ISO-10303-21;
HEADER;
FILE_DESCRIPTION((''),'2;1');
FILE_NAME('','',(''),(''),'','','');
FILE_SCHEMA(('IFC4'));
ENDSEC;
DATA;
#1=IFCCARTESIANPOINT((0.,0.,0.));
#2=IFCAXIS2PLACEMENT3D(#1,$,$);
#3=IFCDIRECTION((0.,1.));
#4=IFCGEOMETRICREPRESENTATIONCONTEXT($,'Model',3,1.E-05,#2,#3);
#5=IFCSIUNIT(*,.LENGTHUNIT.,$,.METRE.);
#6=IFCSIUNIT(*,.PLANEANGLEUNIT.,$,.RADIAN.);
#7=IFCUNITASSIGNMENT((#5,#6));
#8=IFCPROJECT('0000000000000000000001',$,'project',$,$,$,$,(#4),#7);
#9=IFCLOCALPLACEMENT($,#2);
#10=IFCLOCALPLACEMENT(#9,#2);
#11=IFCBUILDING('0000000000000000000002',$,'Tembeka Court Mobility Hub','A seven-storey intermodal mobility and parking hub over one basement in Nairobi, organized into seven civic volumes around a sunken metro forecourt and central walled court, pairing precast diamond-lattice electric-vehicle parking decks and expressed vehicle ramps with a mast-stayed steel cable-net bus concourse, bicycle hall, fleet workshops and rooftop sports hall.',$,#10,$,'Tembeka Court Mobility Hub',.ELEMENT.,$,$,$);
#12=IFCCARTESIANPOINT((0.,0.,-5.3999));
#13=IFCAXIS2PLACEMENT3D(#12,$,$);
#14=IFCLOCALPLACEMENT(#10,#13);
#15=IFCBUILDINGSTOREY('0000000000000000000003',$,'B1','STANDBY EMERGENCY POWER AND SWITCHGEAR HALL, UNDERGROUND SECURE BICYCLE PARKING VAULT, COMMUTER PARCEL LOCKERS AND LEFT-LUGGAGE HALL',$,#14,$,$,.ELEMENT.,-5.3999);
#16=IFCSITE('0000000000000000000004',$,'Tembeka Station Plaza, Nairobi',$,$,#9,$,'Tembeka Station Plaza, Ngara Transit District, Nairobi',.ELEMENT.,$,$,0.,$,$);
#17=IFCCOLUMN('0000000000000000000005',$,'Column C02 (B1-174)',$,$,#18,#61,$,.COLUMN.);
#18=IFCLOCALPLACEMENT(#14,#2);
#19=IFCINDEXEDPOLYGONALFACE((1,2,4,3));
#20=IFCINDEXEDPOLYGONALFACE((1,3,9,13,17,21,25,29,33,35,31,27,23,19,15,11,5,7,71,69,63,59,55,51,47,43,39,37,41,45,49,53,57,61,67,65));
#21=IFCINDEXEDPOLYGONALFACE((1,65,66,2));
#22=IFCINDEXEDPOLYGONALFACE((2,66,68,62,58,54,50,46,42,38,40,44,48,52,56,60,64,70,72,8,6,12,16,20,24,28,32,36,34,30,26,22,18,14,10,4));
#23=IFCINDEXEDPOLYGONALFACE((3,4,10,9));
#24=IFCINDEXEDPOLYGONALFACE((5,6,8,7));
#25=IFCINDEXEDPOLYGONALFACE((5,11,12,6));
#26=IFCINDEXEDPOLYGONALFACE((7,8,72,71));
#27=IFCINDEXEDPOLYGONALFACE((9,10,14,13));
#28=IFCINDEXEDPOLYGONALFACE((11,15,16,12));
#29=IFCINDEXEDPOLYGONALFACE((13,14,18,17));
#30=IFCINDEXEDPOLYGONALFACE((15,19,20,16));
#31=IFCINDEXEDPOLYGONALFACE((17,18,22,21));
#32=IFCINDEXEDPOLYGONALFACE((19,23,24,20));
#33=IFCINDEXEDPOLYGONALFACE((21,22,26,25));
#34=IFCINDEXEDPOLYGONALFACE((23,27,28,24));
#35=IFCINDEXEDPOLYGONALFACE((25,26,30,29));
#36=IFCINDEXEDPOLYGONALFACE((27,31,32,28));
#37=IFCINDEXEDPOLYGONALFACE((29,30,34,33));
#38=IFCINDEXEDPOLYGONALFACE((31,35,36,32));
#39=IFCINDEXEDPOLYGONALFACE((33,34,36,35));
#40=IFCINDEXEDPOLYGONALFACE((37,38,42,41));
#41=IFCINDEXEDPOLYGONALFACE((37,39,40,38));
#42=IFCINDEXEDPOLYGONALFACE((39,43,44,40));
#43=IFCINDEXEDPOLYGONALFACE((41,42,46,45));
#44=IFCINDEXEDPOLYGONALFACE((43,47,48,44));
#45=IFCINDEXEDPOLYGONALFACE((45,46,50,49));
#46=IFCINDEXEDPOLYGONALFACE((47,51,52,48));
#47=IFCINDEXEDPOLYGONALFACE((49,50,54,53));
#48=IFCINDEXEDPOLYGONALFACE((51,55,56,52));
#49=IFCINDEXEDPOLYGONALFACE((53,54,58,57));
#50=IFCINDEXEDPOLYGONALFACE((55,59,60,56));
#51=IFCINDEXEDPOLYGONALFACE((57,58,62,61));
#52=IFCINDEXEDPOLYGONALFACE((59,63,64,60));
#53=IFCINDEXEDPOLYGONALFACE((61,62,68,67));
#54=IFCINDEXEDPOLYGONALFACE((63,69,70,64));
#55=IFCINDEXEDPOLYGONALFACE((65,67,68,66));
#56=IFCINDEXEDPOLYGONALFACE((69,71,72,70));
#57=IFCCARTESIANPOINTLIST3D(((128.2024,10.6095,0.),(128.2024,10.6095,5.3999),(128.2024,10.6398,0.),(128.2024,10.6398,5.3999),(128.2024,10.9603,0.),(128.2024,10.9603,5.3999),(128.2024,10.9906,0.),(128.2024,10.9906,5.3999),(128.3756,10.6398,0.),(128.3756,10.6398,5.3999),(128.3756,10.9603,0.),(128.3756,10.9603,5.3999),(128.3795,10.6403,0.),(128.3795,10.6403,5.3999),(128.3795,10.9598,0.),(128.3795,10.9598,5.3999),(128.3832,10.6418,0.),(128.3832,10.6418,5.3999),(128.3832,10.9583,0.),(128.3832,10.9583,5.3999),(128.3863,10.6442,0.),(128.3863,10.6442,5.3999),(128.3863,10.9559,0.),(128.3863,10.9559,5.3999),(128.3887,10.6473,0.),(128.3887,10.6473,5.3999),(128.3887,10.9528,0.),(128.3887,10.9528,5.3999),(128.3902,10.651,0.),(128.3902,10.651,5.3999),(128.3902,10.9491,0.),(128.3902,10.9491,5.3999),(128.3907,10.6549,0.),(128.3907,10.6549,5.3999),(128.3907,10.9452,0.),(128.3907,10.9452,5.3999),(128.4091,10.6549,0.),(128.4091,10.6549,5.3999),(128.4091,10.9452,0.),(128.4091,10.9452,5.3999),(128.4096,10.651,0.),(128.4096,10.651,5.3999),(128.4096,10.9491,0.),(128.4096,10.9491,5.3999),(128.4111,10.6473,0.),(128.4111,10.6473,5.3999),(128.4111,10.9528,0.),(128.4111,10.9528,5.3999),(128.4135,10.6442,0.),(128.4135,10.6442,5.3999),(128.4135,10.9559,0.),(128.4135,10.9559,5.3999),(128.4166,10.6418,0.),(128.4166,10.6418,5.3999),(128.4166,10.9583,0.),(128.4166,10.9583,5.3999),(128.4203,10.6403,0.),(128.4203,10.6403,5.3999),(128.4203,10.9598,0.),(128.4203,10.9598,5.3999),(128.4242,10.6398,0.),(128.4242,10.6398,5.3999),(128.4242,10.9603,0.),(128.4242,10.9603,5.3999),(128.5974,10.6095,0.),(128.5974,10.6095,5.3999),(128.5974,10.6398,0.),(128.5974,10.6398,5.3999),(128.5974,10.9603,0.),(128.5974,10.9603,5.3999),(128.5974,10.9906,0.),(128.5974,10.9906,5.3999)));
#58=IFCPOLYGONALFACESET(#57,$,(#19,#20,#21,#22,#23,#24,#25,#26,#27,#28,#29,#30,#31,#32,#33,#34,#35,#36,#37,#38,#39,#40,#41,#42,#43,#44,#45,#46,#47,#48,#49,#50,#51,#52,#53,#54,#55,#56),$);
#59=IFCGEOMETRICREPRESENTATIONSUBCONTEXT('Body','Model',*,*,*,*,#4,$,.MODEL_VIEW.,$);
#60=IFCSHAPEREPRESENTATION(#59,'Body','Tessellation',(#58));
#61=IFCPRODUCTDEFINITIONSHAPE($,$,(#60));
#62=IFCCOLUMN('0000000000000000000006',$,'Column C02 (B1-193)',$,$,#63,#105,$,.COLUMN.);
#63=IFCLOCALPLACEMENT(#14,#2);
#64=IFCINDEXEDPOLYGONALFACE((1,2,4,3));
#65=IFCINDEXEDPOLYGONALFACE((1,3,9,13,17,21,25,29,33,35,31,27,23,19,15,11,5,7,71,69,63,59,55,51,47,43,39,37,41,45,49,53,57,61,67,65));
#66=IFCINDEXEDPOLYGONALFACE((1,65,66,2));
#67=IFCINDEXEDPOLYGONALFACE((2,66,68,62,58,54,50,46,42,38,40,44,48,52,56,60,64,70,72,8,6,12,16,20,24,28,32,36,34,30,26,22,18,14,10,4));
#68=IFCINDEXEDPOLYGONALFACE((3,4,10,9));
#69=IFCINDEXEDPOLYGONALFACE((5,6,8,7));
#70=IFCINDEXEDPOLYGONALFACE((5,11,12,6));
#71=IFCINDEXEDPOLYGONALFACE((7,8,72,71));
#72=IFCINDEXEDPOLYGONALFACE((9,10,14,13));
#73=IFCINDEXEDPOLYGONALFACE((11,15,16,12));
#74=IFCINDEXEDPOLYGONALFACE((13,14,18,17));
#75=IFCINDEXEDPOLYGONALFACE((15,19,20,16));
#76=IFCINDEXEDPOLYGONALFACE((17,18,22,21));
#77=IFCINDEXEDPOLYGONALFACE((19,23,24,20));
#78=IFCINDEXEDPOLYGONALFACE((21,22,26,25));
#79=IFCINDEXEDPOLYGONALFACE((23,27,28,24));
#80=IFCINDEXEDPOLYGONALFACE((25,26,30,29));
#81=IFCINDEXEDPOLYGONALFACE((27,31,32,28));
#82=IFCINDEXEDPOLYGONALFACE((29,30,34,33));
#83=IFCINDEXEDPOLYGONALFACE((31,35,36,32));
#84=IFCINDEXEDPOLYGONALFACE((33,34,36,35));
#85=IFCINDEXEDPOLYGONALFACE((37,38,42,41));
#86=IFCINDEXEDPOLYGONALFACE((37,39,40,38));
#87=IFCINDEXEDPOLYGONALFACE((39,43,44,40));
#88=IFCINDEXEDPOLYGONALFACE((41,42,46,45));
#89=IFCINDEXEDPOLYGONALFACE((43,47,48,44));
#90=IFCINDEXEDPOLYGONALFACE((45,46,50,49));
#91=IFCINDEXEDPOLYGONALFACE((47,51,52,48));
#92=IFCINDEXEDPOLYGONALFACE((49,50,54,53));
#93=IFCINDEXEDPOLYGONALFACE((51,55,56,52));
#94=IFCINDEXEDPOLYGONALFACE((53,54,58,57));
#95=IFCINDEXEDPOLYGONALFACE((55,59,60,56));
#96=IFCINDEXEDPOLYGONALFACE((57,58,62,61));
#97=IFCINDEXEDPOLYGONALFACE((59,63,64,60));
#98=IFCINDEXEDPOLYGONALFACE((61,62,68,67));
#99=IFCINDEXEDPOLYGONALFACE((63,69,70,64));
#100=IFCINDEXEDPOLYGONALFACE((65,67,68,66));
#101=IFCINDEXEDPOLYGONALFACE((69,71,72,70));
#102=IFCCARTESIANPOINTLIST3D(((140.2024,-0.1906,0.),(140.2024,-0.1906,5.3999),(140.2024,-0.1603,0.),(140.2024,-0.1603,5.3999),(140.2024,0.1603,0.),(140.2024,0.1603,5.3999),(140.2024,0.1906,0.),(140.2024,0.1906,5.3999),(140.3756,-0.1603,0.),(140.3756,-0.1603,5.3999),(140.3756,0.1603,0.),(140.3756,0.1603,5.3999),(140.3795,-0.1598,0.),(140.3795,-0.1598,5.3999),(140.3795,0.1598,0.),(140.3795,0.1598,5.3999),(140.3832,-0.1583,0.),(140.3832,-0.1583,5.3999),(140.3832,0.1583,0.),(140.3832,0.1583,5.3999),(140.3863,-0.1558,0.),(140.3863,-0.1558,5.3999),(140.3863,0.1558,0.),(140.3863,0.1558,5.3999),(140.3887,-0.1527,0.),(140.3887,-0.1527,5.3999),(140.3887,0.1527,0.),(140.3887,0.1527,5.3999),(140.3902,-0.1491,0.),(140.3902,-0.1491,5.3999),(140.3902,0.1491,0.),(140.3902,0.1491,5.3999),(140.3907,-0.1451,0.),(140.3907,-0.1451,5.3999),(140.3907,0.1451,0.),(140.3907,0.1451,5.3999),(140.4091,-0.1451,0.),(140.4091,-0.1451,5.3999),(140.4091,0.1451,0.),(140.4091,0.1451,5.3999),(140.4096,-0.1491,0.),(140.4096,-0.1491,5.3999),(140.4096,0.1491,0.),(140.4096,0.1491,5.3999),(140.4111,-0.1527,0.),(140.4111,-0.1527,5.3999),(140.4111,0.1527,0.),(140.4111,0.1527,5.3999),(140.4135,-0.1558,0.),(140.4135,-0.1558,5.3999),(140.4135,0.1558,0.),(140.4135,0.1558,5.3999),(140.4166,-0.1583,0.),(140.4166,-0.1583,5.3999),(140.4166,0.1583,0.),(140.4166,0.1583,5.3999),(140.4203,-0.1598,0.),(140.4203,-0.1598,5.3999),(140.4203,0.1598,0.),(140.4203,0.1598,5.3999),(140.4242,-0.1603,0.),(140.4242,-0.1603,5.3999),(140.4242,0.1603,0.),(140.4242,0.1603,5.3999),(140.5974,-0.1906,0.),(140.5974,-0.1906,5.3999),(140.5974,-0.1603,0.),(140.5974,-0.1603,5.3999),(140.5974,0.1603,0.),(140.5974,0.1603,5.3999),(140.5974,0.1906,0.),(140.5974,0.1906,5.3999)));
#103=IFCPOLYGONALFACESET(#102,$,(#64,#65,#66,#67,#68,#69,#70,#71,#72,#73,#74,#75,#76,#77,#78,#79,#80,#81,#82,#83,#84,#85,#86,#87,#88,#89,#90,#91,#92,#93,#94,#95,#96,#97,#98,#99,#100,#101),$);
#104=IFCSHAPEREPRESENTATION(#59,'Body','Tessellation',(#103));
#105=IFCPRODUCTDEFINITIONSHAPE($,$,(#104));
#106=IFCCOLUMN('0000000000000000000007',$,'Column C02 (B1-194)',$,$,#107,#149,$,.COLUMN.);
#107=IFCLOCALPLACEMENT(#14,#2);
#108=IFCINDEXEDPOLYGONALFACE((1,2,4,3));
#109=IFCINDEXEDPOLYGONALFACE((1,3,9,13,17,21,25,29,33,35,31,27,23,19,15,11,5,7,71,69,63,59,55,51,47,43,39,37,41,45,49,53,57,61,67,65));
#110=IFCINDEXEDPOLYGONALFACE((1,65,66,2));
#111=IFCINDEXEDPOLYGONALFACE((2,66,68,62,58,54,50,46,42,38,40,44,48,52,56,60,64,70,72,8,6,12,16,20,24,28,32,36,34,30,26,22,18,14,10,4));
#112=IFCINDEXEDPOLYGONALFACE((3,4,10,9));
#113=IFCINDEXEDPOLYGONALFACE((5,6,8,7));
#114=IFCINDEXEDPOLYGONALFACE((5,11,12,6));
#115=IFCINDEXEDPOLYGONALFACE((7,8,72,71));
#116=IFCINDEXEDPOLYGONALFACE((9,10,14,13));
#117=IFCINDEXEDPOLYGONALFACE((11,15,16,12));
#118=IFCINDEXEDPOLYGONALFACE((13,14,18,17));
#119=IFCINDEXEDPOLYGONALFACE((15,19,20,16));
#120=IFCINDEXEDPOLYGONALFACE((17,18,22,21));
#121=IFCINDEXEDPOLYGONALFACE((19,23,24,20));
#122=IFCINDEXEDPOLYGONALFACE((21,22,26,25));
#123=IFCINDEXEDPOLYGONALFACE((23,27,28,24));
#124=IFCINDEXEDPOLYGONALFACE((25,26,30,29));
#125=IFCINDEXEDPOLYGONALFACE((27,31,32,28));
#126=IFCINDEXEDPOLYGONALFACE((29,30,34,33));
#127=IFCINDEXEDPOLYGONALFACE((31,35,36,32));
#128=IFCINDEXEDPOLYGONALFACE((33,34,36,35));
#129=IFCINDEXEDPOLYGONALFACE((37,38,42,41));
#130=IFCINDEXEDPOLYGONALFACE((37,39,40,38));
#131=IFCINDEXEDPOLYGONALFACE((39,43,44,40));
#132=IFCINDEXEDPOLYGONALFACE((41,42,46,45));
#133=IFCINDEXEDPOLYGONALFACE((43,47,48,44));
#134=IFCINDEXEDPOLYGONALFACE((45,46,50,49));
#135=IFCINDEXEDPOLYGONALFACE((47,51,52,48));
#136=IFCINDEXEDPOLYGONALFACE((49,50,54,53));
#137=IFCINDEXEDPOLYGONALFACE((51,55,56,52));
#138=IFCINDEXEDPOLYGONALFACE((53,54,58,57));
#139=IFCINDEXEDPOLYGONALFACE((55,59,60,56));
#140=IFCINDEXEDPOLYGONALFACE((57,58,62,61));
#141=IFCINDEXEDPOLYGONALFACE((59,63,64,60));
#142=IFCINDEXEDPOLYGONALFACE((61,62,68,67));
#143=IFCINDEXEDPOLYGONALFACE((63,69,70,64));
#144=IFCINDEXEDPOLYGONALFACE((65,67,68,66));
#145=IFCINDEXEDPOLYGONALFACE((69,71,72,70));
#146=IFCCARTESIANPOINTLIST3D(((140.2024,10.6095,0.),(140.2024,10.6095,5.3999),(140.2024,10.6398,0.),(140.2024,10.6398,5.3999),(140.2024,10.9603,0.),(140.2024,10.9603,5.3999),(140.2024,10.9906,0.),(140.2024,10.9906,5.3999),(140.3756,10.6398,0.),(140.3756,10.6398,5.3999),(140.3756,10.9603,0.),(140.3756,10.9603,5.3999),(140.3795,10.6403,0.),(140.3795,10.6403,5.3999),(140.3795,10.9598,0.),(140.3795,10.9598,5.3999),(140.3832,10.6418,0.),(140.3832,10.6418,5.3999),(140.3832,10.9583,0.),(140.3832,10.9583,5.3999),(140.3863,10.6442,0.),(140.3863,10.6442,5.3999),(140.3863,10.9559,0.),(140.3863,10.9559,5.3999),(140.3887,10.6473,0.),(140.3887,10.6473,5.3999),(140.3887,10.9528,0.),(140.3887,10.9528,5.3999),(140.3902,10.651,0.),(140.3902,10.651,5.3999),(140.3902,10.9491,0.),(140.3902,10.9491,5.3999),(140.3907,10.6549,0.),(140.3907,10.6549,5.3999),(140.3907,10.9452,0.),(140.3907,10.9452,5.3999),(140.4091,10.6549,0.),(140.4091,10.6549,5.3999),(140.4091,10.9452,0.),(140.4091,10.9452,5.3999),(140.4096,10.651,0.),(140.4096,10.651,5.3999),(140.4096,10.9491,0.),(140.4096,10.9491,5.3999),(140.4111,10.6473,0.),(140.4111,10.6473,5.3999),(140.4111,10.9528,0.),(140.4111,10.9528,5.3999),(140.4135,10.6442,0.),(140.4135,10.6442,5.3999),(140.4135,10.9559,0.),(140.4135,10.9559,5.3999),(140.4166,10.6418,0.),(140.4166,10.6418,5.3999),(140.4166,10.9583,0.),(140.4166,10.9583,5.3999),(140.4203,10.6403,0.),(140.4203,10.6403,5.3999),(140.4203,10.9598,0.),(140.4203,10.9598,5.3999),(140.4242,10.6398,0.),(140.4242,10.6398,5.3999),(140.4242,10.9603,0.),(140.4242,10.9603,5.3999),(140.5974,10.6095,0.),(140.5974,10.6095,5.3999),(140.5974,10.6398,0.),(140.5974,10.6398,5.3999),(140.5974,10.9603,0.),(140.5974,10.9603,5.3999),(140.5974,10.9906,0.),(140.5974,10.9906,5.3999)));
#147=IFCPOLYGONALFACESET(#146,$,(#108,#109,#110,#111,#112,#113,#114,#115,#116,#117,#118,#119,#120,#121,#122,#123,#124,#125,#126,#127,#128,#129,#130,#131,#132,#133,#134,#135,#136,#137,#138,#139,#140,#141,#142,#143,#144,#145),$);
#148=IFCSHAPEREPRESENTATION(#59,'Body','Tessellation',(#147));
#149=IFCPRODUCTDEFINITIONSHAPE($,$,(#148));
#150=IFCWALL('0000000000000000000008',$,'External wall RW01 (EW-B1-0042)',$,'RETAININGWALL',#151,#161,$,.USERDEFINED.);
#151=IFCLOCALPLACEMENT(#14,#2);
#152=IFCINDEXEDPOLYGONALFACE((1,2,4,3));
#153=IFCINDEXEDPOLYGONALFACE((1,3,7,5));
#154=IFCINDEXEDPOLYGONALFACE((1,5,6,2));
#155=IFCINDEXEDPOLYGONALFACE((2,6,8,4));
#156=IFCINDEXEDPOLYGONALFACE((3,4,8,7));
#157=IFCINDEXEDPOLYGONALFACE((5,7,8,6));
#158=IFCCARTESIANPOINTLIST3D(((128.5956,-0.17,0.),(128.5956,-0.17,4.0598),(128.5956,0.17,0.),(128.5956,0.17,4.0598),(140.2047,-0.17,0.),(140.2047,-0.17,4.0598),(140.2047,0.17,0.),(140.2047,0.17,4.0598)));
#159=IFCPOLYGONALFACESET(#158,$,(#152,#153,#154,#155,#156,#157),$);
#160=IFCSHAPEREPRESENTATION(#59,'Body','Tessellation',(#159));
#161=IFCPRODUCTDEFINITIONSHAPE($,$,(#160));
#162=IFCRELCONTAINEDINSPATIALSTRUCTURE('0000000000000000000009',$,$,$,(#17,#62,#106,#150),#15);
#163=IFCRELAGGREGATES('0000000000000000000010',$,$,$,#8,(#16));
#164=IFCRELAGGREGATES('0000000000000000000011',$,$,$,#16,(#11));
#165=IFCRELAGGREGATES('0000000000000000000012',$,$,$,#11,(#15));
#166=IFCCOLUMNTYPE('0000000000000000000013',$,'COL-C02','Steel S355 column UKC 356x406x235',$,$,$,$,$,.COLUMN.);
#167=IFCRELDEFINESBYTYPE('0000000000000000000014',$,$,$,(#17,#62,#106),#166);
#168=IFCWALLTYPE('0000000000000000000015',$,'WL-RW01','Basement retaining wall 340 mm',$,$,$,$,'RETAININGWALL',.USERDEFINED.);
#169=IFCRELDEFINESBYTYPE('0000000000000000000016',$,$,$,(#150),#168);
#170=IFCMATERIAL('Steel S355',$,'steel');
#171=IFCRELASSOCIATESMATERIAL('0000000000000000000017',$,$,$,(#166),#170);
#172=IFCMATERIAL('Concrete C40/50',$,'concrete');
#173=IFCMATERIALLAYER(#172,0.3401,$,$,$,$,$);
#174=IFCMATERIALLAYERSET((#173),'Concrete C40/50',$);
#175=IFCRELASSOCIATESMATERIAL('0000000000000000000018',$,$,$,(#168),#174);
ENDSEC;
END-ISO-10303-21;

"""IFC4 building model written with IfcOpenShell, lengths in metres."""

from ifc_helpers import new_model, si_unit, direction, frame, frame_2d, origin, origin_2d, place, context, subcontext, project, spatial, rectangle, i_section, extrude, material, layer, layer_set, material_profile, profile_set, type_object, element, save


model = new_model("IFC4")

# Units and contexts
model_context = context("Model", 3, precision=1e-05, world=origin(), true_north=direction((0.0, 1.0)))
body_context = subcontext(model_context, "Body", "Model", "MODEL_VIEW")
ifc_project = project(units=[si_unit("LENGTHUNIT", "METRE"), si_unit("PLANEANGLEUNIT", "RADIAN")], contexts=[model_context])

# Site, building, storey
site_placement = place(None, origin())
site = spatial("IfcSite", under=ifc_project, at=site_placement, Name="Tembeka Station Plaza, Nairobi", LongName="Tembeka Station Plaza, Ngara Transit District, Nairobi", CompositionType="ELEMENT", RefElevation=0.0)
building_placement = place(site_placement, origin())
building = spatial("IfcBuilding", under=site, at=building_placement, Name="Tembeka Court Mobility Hub", Description="A seven-storey intermodal mobility and parking hub over one basement in Nairobi, organized into seven civic volumes around a sunken metro forecourt and central walled court, pairing precast diamond-lattice electric-vehicle parking decks and expressed vehicle ramps with a mast-stayed steel cable-net bus concourse, bicycle hall, fleet workshops and rooftop sports hall.", LongName="Tembeka Court Mobility Hub", CompositionType="ELEMENT")
storey_placement = place(building_placement, frame((0.0, 0.0, -5.3999)))
storey = spatial("IfcBuildingStorey", under=building, at=storey_placement, Name="B1", Description="STANDBY EMERGENCY POWER AND SWITCHGEAR HALL, UNDERGROUND SECURE BICYCLE PARKING VAULT, COMMUTER PARCEL LOCKERS AND LEFT-LUGGAGE HALL", CompositionType="ELEMENT", Elevation=-5.3999)

# Shared definitions
ifc_material_1 = material(Name="Concrete C40/50", Category="concrete")

# Columns
ifc_material_2 = material(Name="Steel S355", Category="steel")
ifc_material_profile_1 = material_profile(ifc_material_2, i_section(OverallWidth=0.395, OverallDepth=0.3811, WebThickness=0.0183, FlangeThickness=0.0303, FilletRadius=0.0151, at=origin_2d()), Name="UKC 356x406x235")
ifc_profile_set_1 = profile_set([ifc_material_profile_1], Name="Steel S355")
column_type = type_object("IfcColumnType", Name="COL-C02", Description="Steel S355 column UKC 356x406x235", PredefinedType="COLUMN", material=ifc_profile_set_1)
for number, where, z_axis, x_axis, name in (
    (1, (128.3999, 10.8, 0.0), (0.0, 0.0, 1.0), (1.0, 0.0, 0.0), "Column C02 (B1-174)"),
    (2, (140.3999, 0.0, 0.0), (0.0, 0.0, 1.0), (1.0, 0.0, 0.0), "Column C02 (B1-193)"),
    (3, (140.3999, 10.8, 0.0), (0.0, 0.0, 1.0), (1.0, 0.0, 0.0), "Column C02 (B1-194)"),
):
    element("IfcColumn", number, at=place(storey_placement, frame(where, z_axis=z_axis, x_axis=x_axis)), inside=storey, type_object=column_type, Name=name, PredefinedType="COLUMN", context=body_context, shape_type="SweptSolid", body=[
        extrude(i_section(OverallWidth=0.395, OverallDepth=0.3811, WebThickness=0.0183, FlangeThickness=0.0303, FilletRadius=0.0151, at=origin_2d()), origin(), (0.0, 0.0, 1.0), 5.3999),
    ])

# Wall
ifc_layer = layer(ifc_material_1, 0.3401)
ifc_layer_set = layer_set([ifc_layer], Name="Concrete C40/50")
wall_type = type_object("IfcWallType", Name="WL-RW01", Description="Basement retaining wall 340 mm", ElementType="RETAININGWALL", PredefinedType="USERDEFINED", material=ifc_layer_set)
wall_placement = place(storey_placement, frame((128.5955, 0.0, 0.0), z_axis=(0.0, 0.0, 1.0), x_axis=(1.0, 0.0, 0.0)))
element("IfcWall", 4, at=wall_placement, inside=storey, type_object=wall_type, Name="External wall RW01 (EW-B1-0042)", ObjectType="RETAININGWALL", PredefinedType="USERDEFINED", context=body_context, shape_type="SweptSolid", body=[
    extrude(rectangle(XDim=11.6091, YDim=0.3401, at=frame_2d((5.8047, 0.0))), origin(), (0.0, 0.0, 1.0), 4.0598),
])

save(model, "model.ifc")
